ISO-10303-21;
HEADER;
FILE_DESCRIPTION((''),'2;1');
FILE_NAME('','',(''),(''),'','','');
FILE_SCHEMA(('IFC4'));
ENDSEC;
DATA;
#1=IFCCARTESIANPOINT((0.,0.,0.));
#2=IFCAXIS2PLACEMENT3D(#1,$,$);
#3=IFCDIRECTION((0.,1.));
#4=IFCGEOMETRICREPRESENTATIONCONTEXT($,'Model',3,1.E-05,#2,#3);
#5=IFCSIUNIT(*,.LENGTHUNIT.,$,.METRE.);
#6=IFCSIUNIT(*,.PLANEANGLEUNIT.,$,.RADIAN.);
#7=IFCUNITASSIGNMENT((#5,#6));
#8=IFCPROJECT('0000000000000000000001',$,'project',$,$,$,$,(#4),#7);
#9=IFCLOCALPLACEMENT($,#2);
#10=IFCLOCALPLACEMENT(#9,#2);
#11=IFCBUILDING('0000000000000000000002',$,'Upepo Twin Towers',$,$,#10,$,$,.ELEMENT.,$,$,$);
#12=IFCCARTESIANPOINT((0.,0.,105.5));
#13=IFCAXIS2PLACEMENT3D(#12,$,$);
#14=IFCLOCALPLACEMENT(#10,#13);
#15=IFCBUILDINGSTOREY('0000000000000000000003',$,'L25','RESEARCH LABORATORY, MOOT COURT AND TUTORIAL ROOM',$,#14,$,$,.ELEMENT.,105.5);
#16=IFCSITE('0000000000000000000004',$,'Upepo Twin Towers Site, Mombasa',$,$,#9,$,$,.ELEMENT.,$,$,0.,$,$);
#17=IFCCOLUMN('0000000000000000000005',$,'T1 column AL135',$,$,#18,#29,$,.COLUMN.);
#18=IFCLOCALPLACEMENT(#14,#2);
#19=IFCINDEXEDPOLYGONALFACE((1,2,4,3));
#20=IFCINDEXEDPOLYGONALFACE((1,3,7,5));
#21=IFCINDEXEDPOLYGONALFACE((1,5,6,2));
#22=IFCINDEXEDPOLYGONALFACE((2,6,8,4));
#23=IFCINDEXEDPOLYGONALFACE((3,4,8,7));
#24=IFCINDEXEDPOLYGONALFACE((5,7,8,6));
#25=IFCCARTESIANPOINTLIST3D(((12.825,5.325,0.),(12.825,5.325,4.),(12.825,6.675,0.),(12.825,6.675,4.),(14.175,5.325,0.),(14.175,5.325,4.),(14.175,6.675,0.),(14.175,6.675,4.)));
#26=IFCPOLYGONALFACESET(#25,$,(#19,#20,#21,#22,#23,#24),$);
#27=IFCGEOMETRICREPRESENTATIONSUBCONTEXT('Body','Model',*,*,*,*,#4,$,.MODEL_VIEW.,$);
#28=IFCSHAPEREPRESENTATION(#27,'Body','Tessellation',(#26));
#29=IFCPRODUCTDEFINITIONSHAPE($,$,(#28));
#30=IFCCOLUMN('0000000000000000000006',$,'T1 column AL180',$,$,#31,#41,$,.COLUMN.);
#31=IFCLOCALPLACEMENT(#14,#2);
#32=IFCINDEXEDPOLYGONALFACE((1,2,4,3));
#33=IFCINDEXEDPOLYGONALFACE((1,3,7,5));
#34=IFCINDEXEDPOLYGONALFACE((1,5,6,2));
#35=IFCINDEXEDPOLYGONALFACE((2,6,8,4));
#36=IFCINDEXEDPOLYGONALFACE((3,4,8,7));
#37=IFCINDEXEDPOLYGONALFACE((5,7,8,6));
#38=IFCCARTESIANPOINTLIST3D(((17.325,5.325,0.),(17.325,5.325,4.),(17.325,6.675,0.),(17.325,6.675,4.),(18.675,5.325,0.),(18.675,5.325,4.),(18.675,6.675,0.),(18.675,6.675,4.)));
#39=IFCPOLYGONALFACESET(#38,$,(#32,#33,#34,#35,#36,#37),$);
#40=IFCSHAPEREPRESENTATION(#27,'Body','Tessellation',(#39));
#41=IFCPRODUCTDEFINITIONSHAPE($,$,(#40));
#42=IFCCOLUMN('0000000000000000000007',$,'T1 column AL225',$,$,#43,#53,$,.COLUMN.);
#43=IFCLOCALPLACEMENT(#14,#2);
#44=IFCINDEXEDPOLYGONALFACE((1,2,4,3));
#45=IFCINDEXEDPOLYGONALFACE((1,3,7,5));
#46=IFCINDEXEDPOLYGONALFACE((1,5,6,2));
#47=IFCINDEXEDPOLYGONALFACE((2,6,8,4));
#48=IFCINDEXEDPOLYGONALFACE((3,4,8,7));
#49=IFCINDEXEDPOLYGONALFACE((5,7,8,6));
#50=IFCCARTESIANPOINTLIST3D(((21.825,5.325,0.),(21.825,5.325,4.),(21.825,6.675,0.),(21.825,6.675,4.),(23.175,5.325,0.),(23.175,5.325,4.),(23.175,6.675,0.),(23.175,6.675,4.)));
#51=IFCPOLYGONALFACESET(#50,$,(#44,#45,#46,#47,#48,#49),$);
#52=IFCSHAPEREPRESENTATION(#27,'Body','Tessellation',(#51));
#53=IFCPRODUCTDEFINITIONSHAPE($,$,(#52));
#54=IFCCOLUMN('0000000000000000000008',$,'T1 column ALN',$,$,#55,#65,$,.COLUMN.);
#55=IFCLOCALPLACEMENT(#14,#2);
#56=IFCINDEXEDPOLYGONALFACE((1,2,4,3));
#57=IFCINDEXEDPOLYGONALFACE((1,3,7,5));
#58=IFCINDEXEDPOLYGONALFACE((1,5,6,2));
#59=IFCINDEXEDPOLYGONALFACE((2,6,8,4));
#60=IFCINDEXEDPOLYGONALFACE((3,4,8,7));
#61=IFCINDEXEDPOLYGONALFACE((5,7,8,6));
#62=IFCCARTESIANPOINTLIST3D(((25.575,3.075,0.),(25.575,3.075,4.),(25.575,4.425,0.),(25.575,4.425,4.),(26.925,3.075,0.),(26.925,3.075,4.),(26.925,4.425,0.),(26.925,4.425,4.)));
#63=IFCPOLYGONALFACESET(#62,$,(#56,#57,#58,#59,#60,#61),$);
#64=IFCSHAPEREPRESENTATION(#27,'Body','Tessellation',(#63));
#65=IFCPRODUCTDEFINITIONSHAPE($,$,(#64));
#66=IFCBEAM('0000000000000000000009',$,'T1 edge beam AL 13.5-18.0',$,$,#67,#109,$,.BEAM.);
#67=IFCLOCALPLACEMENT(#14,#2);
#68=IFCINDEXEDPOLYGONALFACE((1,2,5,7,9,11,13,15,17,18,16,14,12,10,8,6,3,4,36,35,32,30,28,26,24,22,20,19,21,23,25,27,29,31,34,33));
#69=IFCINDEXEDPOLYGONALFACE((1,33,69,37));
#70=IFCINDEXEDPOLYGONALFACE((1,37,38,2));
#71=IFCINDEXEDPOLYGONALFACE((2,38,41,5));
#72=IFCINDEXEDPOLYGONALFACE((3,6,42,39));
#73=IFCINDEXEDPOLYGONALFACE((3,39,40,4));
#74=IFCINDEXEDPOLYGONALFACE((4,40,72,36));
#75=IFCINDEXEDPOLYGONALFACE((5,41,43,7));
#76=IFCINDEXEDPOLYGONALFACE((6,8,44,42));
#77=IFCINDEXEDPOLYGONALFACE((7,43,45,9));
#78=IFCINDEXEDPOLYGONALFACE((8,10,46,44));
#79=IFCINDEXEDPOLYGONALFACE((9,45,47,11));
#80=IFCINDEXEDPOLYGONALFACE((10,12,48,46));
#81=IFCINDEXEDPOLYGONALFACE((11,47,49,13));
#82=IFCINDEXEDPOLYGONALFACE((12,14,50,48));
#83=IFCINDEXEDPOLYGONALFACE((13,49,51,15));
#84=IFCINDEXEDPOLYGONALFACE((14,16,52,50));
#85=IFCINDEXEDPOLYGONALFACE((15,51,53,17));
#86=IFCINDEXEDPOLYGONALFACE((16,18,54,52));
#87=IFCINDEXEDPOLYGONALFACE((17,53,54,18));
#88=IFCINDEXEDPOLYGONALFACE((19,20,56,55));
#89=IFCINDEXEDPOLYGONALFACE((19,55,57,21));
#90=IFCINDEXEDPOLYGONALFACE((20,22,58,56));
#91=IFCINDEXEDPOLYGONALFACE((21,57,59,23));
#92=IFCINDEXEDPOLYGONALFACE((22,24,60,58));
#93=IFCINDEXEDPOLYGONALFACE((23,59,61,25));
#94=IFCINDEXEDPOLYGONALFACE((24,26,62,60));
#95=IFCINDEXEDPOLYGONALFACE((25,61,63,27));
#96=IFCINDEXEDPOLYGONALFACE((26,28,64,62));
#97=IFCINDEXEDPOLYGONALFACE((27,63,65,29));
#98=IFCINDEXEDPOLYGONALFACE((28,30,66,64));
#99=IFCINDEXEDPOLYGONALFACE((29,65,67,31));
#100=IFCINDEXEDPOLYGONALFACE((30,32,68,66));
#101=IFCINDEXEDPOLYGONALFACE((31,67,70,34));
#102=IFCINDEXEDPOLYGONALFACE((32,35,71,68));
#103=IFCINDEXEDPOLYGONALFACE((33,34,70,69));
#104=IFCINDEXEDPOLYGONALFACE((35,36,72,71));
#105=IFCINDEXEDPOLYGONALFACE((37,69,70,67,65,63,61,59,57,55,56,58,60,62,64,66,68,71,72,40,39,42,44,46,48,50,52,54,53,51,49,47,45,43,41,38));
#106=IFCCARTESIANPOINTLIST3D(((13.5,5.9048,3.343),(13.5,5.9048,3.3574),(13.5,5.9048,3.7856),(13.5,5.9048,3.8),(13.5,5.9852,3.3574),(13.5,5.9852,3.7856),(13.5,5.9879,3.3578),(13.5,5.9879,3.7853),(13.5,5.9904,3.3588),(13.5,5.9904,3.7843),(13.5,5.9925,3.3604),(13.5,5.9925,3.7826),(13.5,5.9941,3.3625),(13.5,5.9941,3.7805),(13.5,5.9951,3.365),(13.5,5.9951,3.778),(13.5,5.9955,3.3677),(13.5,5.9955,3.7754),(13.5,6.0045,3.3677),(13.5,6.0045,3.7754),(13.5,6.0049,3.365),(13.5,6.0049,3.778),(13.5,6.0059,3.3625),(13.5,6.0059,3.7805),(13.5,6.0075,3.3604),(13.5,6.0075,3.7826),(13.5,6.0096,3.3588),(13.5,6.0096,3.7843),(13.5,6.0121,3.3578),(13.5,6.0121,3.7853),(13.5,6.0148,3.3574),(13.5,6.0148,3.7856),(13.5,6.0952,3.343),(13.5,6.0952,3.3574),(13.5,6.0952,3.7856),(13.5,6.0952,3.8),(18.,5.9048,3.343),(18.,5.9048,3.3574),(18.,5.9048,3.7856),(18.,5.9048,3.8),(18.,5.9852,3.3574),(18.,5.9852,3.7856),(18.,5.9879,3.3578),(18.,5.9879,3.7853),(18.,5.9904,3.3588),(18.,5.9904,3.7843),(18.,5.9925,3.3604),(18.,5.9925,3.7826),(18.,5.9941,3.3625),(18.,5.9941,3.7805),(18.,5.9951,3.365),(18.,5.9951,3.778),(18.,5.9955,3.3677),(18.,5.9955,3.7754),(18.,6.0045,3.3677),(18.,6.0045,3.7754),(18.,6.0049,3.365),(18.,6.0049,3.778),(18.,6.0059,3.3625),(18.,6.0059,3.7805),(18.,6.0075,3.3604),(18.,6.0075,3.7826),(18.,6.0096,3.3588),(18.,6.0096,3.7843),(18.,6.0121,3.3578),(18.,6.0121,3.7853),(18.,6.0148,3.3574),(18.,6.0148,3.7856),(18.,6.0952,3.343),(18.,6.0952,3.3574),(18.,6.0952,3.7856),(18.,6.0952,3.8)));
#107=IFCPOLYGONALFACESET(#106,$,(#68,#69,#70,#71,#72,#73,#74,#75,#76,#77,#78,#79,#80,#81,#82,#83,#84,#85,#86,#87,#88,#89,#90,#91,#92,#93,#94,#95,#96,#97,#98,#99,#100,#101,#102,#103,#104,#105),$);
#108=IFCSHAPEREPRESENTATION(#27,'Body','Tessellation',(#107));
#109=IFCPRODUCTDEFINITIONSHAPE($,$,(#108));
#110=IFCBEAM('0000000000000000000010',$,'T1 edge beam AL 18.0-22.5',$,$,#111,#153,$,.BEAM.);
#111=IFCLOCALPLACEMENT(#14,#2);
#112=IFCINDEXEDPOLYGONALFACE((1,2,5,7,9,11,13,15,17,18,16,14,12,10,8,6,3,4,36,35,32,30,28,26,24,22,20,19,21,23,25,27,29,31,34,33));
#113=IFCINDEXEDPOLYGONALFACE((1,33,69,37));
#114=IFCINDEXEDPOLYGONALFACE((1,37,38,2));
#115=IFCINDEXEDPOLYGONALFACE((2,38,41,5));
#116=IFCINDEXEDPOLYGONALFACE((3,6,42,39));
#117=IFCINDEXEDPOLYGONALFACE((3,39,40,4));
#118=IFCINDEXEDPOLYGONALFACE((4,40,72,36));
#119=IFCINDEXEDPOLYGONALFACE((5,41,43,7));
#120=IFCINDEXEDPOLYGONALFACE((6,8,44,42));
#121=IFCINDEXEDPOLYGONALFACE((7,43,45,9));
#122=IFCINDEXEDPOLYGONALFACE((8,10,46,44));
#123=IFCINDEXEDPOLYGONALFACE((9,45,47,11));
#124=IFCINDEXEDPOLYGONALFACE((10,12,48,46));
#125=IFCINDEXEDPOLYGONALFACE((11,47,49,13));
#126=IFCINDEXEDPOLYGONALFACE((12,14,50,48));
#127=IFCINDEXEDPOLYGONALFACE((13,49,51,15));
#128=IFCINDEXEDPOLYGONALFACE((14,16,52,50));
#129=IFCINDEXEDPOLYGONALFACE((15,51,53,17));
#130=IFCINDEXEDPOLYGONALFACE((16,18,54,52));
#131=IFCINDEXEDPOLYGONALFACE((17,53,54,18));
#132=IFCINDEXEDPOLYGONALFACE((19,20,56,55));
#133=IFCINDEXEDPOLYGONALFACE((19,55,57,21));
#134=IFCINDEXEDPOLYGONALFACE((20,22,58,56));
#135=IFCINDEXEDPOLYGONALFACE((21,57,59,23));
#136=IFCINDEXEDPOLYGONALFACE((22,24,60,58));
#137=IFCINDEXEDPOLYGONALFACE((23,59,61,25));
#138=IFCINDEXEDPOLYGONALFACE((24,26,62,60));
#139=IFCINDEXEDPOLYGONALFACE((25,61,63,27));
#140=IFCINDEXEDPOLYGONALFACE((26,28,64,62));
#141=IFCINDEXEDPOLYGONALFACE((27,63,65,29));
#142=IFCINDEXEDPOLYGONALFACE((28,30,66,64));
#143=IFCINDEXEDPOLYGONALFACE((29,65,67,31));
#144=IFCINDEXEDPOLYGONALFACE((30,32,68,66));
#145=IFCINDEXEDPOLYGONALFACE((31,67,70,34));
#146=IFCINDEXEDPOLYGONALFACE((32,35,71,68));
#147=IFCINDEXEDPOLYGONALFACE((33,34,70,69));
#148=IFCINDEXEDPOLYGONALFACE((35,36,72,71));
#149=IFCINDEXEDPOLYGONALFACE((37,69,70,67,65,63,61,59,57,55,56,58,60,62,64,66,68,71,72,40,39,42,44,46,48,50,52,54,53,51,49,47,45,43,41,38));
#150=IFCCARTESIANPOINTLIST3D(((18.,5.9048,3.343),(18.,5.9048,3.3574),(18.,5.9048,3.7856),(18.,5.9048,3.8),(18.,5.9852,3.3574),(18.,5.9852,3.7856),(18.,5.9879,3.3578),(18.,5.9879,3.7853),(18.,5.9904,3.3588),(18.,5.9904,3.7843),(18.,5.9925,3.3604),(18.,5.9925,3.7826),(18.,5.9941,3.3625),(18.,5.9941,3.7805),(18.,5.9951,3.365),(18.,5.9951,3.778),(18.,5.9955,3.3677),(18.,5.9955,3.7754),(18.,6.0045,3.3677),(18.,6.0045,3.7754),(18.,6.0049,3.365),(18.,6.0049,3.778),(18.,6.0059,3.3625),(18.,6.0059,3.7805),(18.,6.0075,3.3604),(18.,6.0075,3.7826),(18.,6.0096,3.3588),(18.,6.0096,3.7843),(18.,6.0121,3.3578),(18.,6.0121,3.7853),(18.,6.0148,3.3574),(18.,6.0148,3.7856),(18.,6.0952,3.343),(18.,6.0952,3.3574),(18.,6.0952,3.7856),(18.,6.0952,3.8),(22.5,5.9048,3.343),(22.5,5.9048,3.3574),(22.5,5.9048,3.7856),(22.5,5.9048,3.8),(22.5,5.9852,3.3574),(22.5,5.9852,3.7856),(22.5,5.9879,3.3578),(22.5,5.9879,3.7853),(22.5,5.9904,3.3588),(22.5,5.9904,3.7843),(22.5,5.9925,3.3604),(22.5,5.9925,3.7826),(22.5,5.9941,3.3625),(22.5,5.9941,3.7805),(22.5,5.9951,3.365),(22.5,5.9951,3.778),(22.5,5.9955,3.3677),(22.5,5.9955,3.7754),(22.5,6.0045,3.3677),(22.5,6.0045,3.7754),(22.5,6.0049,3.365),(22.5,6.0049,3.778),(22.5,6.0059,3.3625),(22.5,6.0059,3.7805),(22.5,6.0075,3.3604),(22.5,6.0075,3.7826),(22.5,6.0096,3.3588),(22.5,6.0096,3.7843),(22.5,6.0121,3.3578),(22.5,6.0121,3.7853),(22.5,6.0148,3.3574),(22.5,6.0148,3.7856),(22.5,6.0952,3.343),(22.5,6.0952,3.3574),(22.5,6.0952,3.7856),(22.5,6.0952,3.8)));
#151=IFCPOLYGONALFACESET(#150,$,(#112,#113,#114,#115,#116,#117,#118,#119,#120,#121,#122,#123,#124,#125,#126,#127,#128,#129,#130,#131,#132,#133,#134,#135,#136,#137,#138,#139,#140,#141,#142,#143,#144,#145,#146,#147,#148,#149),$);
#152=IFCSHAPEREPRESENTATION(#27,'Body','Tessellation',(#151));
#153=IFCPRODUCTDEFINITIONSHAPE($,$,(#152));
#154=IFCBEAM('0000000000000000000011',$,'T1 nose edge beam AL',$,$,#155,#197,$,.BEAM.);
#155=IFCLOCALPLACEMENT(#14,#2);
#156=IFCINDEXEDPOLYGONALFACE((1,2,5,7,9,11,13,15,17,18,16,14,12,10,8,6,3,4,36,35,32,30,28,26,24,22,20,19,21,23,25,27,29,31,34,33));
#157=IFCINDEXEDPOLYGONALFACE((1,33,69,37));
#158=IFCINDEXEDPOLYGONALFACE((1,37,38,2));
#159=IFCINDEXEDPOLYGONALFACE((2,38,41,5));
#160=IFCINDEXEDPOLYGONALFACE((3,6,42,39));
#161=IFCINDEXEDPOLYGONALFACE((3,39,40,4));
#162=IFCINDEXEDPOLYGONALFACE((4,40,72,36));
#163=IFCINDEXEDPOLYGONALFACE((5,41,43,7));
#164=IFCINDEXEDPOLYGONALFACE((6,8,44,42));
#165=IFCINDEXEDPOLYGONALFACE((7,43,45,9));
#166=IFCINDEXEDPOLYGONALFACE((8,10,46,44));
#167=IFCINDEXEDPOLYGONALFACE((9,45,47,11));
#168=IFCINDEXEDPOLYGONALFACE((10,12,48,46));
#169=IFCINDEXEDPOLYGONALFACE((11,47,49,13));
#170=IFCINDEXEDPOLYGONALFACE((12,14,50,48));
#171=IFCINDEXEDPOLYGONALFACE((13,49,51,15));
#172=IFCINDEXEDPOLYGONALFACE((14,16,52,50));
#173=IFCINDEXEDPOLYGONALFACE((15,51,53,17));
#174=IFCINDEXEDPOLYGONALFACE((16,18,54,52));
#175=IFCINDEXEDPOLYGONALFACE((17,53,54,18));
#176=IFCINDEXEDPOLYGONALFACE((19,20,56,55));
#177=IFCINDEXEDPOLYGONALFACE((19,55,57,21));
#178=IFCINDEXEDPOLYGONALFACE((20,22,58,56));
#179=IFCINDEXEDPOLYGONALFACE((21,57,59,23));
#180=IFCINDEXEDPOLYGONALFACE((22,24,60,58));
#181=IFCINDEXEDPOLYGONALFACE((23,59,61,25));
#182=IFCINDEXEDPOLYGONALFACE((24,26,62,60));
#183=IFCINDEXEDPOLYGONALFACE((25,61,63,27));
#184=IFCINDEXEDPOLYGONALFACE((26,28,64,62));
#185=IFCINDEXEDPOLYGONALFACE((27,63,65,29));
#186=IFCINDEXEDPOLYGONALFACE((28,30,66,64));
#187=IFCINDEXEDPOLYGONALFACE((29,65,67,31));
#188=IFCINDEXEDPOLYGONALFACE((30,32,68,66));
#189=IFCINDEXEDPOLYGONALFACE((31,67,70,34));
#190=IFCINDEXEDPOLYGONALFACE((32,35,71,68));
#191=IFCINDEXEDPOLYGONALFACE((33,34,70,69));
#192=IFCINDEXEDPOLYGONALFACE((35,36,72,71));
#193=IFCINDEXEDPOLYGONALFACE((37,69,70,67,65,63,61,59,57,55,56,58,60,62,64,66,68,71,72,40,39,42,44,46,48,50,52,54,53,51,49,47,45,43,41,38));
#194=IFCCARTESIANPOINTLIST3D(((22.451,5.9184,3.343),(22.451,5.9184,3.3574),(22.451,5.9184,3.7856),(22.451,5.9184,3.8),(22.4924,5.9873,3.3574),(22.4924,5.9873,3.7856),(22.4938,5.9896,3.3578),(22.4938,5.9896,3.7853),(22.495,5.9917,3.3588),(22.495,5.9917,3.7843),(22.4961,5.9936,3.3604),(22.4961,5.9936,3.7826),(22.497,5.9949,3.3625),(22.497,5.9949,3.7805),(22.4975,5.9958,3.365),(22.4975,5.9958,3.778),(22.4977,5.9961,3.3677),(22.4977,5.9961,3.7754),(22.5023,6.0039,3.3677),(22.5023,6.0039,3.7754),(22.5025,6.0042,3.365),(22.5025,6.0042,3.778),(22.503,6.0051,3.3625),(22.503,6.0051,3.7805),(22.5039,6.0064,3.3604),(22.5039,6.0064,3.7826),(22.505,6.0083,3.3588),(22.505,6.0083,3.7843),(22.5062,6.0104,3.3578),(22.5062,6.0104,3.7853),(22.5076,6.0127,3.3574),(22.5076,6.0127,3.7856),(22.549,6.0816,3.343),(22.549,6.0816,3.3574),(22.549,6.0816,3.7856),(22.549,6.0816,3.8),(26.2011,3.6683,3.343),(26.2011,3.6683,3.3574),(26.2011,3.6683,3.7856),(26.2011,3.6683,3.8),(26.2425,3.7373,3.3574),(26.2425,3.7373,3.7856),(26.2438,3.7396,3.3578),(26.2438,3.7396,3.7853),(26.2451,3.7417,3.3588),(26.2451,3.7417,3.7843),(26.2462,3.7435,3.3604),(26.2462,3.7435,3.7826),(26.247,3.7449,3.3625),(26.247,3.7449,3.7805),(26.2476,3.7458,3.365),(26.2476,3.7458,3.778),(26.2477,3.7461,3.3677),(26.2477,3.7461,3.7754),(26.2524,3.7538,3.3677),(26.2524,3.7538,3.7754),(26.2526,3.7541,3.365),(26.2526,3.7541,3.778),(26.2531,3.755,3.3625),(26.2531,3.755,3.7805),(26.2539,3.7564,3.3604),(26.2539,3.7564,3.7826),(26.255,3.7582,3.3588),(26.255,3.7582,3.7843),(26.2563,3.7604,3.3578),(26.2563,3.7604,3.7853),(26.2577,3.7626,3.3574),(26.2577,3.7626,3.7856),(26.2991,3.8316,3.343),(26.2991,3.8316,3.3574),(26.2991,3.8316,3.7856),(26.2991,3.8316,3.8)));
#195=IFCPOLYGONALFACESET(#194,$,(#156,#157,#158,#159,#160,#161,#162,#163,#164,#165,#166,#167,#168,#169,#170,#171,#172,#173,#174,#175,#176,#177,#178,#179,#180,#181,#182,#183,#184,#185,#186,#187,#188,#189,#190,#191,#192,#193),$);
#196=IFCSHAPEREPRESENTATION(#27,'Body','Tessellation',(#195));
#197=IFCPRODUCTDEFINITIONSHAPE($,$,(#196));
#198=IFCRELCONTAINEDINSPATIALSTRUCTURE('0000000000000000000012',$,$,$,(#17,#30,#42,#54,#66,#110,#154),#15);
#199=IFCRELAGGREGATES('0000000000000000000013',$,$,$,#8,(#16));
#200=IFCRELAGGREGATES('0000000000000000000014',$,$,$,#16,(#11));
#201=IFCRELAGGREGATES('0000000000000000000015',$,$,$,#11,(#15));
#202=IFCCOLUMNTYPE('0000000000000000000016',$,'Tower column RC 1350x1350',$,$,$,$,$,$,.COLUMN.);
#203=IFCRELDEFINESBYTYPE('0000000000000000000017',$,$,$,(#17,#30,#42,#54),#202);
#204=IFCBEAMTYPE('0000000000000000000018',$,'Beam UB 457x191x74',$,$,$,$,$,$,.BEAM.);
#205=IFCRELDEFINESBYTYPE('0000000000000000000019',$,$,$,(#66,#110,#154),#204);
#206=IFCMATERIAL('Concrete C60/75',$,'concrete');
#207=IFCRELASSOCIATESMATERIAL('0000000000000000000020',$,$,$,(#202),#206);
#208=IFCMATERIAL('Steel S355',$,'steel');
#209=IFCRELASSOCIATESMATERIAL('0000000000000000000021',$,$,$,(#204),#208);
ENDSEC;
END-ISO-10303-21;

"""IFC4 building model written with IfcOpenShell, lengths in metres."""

from ifc_helpers import new_model, si_unit, direction, frame, origin, origin_2d, place, context, subcontext, project, spatial, rectangle, i_section, extrude, material, material_profile, profile_set, type_object, element, save


model = new_model("IFC4")

# Units and contexts
model_context = context("Model", 3, precision=1e-05, world=origin(), true_north=direction((0.0, 1.0)))
body_context = subcontext(model_context, "Body", "Model", "MODEL_VIEW")
ifc_project = project(units=[si_unit("LENGTHUNIT", "METRE"), si_unit("PLANEANGLEUNIT", "RADIAN")], contexts=[model_context])

# Site, building, storey
site_placement = place(None, origin())
site = spatial("IfcSite", under=ifc_project, at=site_placement, Name="Upepo Twin Towers Site, Mombasa", CompositionType="ELEMENT", RefElevation=0.0)
building_placement = place(site_placement, origin())
building = spatial("IfcBuilding", under=site, at=building_placement, Name="Upepo Twin Towers", CompositionType="ELEMENT")
storey_placement = place(building_placement, frame((0.0, 0.0, 105.5)))
storey = spatial("IfcBuildingStorey", under=building, at=storey_placement, Name="L25", Description="RESEARCH LABORATORY, MOOT COURT AND TUTORIAL ROOM", CompositionType="ELEMENT", Elevation=105.5)

# Columns
ifc_material_1 = material(Name="Concrete C60/75", Category="concrete")
ifc_material_profile_1 = material_profile(ifc_material_1, rectangle(XDim=1.3501, YDim=1.3501, at=origin_2d()), Name="RC 1350x1350")
ifc_profile_set_1 = profile_set([ifc_material_profile_1], Name="Concrete C60/75")
column_type = type_object("IfcColumnType", Name="Tower column RC 1350x1350", PredefinedType="COLUMN", material=ifc_profile_set_1)
for number, where, z_axis, x_axis, name in (
    (1, (13.5, 6.0, 0.0), (0.0, 0.0, 1.0), (1.0, 0.0, 0.0), "T1 column AL135"),
    (2, (18.0, 6.0, 0.0), (0.0, 0.0, 1.0), (1.0, 0.0, 0.0), "T1 column AL180"),
    (3, (22.5, 6.0, 0.0), (0.0, 0.0, 1.0), (1.0, 0.0, 0.0), "T1 column AL225"),
    (4, (26.25, 3.75, 0.0), (0.0, 0.0, 1.0), (1.0, 0.0, 0.0), "T1 column ALN"),
):
    element("IfcColumn", number, at=place(storey_placement, frame(where, z_axis=z_axis, x_axis=x_axis)), inside=storey, type_object=column_type, Name=name, PredefinedType="COLUMN", context=body_context, shape_type="SweptSolid", body=[
        extrude(rectangle(XDim=1.3501, YDim=1.3501, at=origin_2d()), origin(), (0.0, 0.0, 1.0), 4.0),
    ])

# Beams
ifc_material_2 = material(Name="Steel S355", Category="steel")
ifc_material_profile_2 = material_profile(ifc_material_2, i_section(OverallWidth=0.1904, OverallDepth=0.457, WebThickness=0.009, FlangeThickness=0.0144, FilletRadius=0.0103, at=origin_2d()), Name="UB 457x191x74")
ifc_profile_set_2 = profile_set([ifc_material_profile_2], Name="Steel S355")
beam_type_1 = type_object("IfcBeamType", Name="Beam UB 457x191x74", PredefinedType="BEAM", material=ifc_profile_set_2)
for number, where, z_axis, x_axis, name in (
    (5, (13.5, 6.0, 3.5715), (1.0, 0.0, 0.0), (0.0, 1.0, 0.0), "T1 edge beam AL 13.5-18.0"),
    (6, (18.0, 6.0, 3.5715), (1.0, 0.0, 0.0), (0.0, 1.0, 0.0), "T1 edge beam AL 18.0-22.5"),
):
    element("IfcBeam", number, at=place(storey_placement, frame(where, z_axis=z_axis, x_axis=x_axis)), inside=storey, type_object=beam_type_1, Name=name, PredefinedType="BEAM", context=body_context, shape_type="SweptSolid", body=[
        extrude(i_section(OverallWidth=0.1904, OverallDepth=0.457, WebThickness=0.009, FlangeThickness=0.0144, FilletRadius=0.0103, at=origin_2d()), origin(), (0.0, 0.0, 1.0), 4.5),
    ])
beam_1_placement = place(storey_placement, frame((22.5, 6.0, 3.5715), z_axis=(0.857493, -0.514496, 0.0), x_axis=(0.514496, 0.857493, 0.0)))
element("IfcBeam", 7, at=beam_1_placement, inside=storey, type_object=beam_type_1, Name="T1 nose edge beam AL", PredefinedType="BEAM", context=body_context, shape_type="SweptSolid", body=[
    extrude(i_section(OverallWidth=0.1904, OverallDepth=0.457, WebThickness=0.009, FlangeThickness=0.0144, FilletRadius=0.0103, at=origin_2d()), origin(), (0.0, 0.0, 1.0), 4.3733),
])

save(model, "model.ifc")
